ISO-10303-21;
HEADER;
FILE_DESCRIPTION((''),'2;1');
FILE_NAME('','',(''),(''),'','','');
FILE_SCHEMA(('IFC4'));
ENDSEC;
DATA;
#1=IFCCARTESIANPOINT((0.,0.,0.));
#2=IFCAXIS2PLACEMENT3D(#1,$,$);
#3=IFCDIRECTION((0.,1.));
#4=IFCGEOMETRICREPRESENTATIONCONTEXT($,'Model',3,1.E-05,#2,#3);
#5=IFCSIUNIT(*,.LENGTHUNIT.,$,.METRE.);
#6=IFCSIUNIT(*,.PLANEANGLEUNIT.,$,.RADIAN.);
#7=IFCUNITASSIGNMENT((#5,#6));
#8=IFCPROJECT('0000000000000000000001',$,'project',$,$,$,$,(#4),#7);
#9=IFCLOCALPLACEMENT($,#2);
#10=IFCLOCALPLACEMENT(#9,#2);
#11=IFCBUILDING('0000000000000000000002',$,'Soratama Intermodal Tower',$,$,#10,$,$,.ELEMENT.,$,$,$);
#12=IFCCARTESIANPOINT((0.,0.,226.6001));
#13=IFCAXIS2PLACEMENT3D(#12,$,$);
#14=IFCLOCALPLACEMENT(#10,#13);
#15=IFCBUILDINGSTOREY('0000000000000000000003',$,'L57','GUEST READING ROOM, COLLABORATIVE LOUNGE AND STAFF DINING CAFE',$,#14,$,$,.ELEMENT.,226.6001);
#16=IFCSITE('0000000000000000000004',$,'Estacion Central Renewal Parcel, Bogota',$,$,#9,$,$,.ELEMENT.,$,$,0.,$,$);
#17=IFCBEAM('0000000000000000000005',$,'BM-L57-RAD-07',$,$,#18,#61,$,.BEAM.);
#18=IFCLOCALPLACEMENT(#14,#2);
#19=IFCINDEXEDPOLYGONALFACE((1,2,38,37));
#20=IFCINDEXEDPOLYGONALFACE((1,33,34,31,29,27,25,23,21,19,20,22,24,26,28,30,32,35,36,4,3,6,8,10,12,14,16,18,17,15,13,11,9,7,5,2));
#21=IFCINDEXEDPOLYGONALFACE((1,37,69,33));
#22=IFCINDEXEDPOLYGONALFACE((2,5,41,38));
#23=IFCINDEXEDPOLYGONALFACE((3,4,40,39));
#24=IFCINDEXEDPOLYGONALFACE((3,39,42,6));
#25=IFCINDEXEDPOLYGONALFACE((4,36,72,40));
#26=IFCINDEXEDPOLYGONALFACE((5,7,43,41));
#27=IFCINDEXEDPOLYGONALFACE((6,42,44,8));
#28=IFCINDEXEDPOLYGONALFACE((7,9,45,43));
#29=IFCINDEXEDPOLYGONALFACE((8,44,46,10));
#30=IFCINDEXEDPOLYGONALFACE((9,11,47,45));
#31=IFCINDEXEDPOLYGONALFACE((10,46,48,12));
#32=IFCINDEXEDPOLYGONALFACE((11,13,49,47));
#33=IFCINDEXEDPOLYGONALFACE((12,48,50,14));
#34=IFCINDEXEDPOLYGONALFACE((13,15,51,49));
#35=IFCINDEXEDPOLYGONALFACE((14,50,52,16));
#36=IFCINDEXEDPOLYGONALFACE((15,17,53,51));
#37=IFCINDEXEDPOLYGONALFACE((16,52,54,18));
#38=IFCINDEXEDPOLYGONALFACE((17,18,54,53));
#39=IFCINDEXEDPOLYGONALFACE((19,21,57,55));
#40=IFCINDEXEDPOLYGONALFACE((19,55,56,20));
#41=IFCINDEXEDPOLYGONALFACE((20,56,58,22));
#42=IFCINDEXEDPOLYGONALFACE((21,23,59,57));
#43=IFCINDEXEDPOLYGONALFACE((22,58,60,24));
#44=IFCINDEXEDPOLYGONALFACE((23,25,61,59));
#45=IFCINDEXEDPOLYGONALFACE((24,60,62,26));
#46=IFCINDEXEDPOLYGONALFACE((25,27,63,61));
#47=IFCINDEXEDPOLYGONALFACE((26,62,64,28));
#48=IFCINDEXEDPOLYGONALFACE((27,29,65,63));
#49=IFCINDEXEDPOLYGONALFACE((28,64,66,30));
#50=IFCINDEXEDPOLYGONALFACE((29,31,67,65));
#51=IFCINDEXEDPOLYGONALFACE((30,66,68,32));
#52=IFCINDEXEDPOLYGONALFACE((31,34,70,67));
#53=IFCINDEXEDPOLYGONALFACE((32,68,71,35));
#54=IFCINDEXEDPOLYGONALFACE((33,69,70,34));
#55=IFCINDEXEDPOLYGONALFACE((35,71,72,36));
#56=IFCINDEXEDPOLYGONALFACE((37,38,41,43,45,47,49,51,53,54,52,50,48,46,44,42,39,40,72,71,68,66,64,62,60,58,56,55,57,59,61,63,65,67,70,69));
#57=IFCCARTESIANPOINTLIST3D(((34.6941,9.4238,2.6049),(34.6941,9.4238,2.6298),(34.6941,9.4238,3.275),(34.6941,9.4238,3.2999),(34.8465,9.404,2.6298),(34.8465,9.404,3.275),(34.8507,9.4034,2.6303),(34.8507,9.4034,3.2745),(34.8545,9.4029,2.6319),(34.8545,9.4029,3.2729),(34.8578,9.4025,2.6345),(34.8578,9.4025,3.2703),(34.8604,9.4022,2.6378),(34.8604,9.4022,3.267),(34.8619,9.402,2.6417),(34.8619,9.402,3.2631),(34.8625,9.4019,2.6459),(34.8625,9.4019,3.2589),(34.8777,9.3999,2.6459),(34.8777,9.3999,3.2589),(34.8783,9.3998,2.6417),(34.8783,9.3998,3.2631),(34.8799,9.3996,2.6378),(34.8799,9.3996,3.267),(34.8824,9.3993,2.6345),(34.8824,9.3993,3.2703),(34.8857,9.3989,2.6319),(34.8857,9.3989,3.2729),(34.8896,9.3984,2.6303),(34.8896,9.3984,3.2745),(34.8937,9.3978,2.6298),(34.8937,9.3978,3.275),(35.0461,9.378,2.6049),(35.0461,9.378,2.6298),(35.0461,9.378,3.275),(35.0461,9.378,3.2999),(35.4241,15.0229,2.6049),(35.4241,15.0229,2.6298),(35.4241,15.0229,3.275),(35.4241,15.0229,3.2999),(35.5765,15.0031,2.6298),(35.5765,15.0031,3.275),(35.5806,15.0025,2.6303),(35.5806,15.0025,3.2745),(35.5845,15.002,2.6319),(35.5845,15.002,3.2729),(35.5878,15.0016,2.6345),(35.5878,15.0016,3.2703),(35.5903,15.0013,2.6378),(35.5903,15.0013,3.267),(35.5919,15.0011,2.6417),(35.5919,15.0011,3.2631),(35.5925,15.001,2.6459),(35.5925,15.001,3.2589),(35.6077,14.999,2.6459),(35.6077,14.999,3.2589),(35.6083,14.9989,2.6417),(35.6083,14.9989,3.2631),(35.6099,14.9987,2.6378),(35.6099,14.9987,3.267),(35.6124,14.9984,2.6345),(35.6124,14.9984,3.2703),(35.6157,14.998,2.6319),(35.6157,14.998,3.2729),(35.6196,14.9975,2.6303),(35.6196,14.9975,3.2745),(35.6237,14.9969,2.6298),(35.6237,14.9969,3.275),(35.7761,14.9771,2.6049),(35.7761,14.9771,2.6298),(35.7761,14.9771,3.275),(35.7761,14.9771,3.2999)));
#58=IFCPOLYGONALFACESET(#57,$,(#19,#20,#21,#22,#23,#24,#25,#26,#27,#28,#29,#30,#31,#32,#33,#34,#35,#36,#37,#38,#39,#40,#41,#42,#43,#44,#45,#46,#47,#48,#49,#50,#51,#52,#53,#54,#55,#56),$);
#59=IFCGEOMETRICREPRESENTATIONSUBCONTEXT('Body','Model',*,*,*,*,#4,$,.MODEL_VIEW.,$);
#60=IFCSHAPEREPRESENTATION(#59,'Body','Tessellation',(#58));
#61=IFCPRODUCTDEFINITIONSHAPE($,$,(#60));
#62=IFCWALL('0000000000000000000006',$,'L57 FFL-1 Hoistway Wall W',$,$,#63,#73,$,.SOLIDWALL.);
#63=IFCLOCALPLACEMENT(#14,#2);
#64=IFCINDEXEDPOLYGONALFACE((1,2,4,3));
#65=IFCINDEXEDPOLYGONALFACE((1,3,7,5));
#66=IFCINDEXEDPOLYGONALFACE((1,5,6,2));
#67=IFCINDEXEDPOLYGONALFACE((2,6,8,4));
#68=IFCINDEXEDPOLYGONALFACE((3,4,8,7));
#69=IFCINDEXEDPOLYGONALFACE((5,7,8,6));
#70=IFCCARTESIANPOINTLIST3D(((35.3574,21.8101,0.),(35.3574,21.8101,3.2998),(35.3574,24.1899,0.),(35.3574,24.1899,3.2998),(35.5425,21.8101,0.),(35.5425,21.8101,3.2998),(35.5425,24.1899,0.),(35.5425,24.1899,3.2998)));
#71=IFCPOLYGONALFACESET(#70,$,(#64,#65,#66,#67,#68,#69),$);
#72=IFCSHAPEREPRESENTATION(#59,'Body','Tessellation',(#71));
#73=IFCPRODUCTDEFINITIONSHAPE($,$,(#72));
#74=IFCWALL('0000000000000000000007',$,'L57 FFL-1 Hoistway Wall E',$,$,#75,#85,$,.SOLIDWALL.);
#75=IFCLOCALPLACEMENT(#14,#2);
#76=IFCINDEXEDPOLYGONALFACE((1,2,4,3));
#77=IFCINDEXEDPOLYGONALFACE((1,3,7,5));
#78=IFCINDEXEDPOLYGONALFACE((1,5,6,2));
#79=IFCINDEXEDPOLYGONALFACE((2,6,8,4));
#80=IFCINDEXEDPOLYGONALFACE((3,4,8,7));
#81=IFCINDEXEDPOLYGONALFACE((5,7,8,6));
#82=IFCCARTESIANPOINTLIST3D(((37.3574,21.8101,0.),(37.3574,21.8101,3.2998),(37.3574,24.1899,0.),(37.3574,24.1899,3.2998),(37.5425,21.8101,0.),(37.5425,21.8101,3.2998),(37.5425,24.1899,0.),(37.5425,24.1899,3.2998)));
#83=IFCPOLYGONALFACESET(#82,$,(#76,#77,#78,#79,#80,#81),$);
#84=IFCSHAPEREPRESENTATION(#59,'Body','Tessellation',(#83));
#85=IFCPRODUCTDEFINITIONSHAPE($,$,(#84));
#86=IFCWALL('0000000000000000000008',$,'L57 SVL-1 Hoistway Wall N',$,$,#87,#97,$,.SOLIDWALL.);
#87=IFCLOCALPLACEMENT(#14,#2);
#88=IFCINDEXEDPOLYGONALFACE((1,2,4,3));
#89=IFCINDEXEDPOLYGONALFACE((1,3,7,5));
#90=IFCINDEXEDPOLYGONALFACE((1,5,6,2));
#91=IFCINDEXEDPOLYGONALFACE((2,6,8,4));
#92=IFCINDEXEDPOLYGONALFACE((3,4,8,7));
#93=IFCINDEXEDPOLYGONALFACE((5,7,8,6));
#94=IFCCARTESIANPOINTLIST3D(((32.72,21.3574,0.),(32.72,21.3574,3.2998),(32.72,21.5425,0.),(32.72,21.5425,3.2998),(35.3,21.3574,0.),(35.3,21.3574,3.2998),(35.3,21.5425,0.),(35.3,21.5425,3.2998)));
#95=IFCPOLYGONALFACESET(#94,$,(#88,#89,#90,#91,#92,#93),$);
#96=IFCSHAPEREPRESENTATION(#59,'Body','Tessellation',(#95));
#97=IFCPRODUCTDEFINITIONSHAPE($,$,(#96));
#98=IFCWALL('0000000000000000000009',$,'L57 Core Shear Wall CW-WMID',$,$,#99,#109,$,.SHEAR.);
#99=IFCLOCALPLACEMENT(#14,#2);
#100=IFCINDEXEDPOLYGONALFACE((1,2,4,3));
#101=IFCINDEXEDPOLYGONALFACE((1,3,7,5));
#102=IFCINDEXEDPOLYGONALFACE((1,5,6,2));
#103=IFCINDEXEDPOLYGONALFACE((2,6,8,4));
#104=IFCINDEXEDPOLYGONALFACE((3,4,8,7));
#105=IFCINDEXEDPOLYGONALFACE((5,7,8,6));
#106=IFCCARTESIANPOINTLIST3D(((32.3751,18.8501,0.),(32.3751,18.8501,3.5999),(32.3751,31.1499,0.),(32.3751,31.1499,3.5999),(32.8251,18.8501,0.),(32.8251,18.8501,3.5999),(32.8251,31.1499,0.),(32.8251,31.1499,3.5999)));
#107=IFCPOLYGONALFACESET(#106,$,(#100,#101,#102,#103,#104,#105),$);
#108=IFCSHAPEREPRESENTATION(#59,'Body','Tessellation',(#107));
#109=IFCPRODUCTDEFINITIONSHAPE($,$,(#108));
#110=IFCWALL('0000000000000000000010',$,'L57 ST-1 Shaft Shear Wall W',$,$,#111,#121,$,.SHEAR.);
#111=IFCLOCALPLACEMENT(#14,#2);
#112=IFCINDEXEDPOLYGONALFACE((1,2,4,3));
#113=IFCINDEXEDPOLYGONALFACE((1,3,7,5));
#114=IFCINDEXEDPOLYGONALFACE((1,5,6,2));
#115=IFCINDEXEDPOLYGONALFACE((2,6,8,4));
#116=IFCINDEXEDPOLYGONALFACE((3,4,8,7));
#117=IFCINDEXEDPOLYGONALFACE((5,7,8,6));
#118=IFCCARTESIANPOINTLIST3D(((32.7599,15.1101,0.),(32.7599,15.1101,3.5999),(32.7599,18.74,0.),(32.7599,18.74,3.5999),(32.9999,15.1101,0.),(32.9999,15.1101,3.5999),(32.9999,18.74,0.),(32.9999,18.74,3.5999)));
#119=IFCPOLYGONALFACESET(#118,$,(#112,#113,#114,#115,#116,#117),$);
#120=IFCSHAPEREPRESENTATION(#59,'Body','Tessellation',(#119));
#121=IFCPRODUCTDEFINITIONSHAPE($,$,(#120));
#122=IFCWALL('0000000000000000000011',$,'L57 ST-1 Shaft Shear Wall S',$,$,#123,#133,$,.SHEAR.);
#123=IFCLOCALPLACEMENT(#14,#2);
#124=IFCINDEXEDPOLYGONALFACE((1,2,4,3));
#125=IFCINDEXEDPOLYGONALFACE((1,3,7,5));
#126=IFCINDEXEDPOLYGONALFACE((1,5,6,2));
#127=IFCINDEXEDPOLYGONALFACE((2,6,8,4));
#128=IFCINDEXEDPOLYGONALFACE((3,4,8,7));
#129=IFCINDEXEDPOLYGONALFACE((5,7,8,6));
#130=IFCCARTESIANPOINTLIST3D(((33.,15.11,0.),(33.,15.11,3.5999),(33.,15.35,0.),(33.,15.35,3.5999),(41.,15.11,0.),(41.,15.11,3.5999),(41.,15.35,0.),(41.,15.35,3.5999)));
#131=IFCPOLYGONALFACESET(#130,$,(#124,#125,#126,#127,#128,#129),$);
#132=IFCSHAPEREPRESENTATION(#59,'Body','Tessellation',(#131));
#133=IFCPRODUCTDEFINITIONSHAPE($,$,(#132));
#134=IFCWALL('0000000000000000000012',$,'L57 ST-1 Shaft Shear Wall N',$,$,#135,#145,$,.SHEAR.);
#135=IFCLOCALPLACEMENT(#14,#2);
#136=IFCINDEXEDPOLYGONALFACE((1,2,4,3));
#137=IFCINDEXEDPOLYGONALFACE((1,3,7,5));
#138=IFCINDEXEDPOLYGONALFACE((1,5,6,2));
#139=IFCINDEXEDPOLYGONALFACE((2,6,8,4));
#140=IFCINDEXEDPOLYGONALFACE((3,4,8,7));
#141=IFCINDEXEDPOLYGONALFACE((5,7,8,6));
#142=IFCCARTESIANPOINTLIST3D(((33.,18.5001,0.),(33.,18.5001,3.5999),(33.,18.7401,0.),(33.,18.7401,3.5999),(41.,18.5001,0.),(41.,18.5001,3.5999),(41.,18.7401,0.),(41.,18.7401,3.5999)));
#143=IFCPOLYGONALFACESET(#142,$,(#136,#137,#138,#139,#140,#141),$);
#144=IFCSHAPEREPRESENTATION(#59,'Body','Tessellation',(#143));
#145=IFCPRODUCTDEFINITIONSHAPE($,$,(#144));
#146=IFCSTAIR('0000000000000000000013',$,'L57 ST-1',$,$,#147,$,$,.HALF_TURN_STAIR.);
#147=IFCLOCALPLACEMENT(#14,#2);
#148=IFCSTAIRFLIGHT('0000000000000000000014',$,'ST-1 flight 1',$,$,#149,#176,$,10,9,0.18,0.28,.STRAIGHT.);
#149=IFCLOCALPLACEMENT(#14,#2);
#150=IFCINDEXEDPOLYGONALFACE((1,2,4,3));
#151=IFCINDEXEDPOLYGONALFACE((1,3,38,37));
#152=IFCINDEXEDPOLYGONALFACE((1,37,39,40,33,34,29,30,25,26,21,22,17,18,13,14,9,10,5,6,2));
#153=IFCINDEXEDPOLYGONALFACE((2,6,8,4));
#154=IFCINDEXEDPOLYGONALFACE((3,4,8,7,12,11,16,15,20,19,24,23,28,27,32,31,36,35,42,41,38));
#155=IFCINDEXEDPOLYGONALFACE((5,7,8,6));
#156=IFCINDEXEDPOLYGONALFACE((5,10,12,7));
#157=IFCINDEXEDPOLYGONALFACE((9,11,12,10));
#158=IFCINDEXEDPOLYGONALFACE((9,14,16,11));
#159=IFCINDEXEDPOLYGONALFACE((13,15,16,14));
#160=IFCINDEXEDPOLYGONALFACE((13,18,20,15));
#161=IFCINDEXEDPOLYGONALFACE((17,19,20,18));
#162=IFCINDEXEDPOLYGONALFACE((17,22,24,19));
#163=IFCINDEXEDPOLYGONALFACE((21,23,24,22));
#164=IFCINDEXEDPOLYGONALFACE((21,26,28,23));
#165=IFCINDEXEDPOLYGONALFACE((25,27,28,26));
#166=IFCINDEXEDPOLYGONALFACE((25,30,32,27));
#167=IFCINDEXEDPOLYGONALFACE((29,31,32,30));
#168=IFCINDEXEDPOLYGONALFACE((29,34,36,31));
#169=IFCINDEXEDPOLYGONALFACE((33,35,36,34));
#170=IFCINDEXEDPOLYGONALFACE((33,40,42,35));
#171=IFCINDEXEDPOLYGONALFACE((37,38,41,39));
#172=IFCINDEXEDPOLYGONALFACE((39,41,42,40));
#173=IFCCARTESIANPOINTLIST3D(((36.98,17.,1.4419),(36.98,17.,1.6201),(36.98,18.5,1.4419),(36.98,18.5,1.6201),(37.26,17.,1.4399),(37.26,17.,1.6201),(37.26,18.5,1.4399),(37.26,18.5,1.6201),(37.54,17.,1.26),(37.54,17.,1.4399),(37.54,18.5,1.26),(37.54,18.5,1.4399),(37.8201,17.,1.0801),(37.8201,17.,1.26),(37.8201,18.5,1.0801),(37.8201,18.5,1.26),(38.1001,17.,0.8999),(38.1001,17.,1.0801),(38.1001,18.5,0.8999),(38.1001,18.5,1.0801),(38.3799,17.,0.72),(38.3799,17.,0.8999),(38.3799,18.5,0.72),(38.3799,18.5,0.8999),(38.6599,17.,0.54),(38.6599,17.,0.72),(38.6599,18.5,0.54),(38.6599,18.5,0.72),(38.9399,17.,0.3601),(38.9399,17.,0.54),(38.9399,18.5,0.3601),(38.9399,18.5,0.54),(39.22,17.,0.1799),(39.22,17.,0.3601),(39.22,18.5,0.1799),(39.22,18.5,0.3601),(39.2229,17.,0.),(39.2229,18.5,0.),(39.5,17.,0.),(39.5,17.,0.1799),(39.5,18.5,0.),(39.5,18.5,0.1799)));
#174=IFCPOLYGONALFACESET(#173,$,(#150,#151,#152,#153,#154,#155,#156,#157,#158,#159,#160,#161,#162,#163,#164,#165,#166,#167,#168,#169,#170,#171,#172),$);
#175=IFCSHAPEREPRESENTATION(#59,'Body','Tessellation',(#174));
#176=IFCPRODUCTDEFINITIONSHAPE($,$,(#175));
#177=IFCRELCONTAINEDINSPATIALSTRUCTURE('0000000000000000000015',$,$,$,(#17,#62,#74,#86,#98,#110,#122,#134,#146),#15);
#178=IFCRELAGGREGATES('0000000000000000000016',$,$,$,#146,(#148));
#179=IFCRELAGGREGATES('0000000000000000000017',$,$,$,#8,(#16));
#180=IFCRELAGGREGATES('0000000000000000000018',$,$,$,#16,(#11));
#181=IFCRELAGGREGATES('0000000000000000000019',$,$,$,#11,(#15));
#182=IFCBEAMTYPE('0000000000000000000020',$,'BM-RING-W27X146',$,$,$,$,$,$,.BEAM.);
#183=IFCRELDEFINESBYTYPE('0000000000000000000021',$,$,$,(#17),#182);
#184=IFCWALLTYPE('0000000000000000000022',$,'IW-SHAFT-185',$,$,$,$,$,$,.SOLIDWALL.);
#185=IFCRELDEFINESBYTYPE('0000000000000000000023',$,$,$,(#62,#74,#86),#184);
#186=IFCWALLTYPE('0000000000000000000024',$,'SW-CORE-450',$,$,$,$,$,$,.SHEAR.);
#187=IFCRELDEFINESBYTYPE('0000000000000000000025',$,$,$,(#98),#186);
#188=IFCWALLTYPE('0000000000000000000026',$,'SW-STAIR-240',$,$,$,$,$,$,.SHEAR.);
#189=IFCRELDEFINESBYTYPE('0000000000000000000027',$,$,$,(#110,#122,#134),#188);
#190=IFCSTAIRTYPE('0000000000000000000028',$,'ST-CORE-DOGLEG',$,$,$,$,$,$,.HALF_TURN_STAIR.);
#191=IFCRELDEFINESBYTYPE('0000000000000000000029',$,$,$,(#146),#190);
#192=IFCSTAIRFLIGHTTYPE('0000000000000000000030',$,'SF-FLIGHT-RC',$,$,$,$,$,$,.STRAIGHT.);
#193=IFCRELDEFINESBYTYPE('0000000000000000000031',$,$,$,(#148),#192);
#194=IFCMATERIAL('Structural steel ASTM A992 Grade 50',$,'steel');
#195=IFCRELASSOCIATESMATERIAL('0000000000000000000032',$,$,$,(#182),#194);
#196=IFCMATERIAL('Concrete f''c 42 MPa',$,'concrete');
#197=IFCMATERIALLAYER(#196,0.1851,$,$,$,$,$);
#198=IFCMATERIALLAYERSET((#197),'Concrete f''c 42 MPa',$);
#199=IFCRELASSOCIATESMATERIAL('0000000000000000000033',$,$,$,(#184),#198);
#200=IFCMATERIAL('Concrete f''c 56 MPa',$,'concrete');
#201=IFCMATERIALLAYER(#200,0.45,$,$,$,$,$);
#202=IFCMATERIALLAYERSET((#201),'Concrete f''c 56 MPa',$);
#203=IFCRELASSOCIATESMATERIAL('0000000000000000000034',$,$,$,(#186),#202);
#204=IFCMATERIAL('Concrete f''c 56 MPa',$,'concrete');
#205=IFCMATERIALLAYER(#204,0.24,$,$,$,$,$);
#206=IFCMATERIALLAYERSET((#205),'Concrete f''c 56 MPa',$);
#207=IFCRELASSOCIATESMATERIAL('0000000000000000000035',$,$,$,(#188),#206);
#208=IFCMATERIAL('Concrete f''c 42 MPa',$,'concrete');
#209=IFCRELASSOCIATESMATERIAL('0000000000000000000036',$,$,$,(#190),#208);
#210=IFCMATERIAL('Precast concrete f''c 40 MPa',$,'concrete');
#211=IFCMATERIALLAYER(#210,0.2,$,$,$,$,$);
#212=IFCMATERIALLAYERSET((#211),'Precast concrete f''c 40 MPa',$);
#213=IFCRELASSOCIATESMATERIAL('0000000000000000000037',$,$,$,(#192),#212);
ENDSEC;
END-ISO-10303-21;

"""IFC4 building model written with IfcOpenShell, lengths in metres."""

from ifc_helpers import new_model, si_unit, direction, frame, frame_2d, origin, origin_2d, place, context, subcontext, project, spatial, polyline, rectangle, i_section, outline, extrude, material, layer, layer_set, material_profile, profile_set, type_object, element, aggregate, save


model = new_model("IFC4")

# Units and contexts
model_context = context("Model", 3, precision=1e-05, world=origin(), true_north=direction((0.0, 1.0)))
body_context = subcontext(model_context, "Body", "Model", "MODEL_VIEW")
ifc_project = project(units=[si_unit("LENGTHUNIT", "METRE"), si_unit("PLANEANGLEUNIT", "RADIAN")], contexts=[model_context])

# Site, building, storey
site_placement = place(None, origin())
site = spatial("IfcSite", under=ifc_project, at=site_placement, Name="Estacion Central Renewal Parcel, Bogota", CompositionType="ELEMENT", RefElevation=0.0)
building_placement = place(site_placement, origin())
building = spatial("IfcBuilding", under=site, at=building_placement, Name="Soratama Intermodal Tower", CompositionType="ELEMENT")
storey_placement = place(building_placement, frame((0.0, 0.0, 226.6001)))
storey = spatial("IfcBuildingStorey", under=building, at=storey_placement, Name="L57", Description="GUEST READING ROOM, COLLABORATIVE LOUNGE AND STAFF DINING CAFE", CompositionType="ELEMENT", Elevation=226.6001)

# Beam
ifc_material_1 = material(Name="Structural steel ASTM A992 Grade 50", Category="steel")
ifc_material_profile_1 = material_profile(ifc_material_1, i_section(OverallWidth=0.355, OverallDepth=0.6951, WebThickness=0.0154, FlangeThickness=0.0249, FilletRadius=0.0161, at=origin_2d()), Name="W27X146")
ifc_profile_set_1 = profile_set([ifc_material_profile_1], Name="Structural steel ASTM A992 Grade 50")
beam_type_1 = type_object("IfcBeamType", Name="BM-RING-W27X146", PredefinedType="BEAM", material=ifc_profile_set_1)
beam_1_placement = place(storey_placement, frame((35.6001, 15.0, 2.9524), z_axis=(-0.12928, -0.991608, 0.0), x_axis=(0.991608, -0.12928, 0.0)))
element("IfcBeam", 1, at=beam_1_placement, inside=storey, type_object=beam_type_1, Name="BM-L57-RAD-07", PredefinedType="BEAM", context=body_context, shape_type="SweptSolid", body=[
    extrude(i_section(OverallWidth=0.355, OverallDepth=0.6951, WebThickness=0.0154, FlangeThickness=0.0249, FilletRadius=0.0161, at=origin_2d()), origin(), (0.0, 0.0, 1.0), 5.6465),
])

# Shared definitions
ifc_material_2 = material(Name="Concrete f'c 42 MPa", Category="concrete")
ifc_layer_1 = layer(ifc_material_2, 0.1851)
ifc_layer_set_1 = layer_set([ifc_layer_1], Name="Concrete f'c 42 MPa")
wall_type_1 = type_object("IfcWallType", Name="IW-SHAFT-185", PredefinedType="SOLIDWALL", material=ifc_layer_set_1)

# Walls
for number, where, z_axis, x_axis, name in (
    (2, (35.45, 21.8101, 0.0), (0.0, 0.0, 1.0), (0.0, 1.0, 0.0), "L57 FFL-1 Hoistway Wall W"),
    (3, (37.45, 21.8101, 0.0), (0.0, 0.0, 1.0), (0.0, 1.0, 0.0), "L57 FFL-1 Hoistway Wall E"),
):
    element("IfcWall", number, at=place(storey_placement, frame(where, z_axis=z_axis, x_axis=x_axis)), inside=storey, type_object=wall_type_1, Name=name, PredefinedType="SOLIDWALL", context=body_context, shape_type="SweptSolid", body=[
        extrude(rectangle(XDim=2.3799, YDim=0.1851, at=frame_2d((1.1899, 0.0))), origin(), (0.0, 0.0, 1.0), 3.2998),
    ])

# Wall
wall_1_placement = place(storey_placement, frame((32.72, 21.45, 0.0), z_axis=(0.0, 0.0, 1.0), x_axis=(1.0, 0.0, 0.0)))
element("IfcWall", 4, at=wall_1_placement, inside=storey, type_object=wall_type_1, Name="L57 SVL-1 Hoistway Wall N", PredefinedType="SOLIDWALL", context=body_context, shape_type="SweptSolid", body=[
    extrude(rectangle(XDim=2.5801, YDim=0.1851, at=frame_2d((1.29, 0.0))), origin(), (0.0, 0.0, 1.0), 3.2998),
])

# Walls
ifc_material_3 = material(Name="Concrete f'c 56 MPa", Category="concrete")
ifc_layer_2 = layer(ifc_material_3, 0.45)
ifc_layer_set_2 = layer_set([ifc_layer_2], Name="Concrete f'c 56 MPa")
wall_type_2 = type_object("IfcWallType", Name="SW-CORE-450", PredefinedType="SHEAR", material=ifc_layer_set_2)
wall_2_placement = place(storey_placement, frame((32.6001, 18.8501, 0.0), z_axis=(0.0, 0.0, 1.0), x_axis=(0.0, 1.0, 0.0)))
element("IfcWall", 5, at=wall_2_placement, inside=storey, type_object=wall_type_2, Name="L57 Core Shear Wall CW-WMID", PredefinedType="SHEAR", context=body_context, shape_type="SweptSolid", body=[
    extrude(rectangle(XDim=12.2998, YDim=0.45, at=frame_2d((6.1499, 0.0))), origin(), (0.0, 0.0, 1.0), 3.5999),
])
ifc_material_4 = material(Name="Concrete f'c 56 MPa", Category="concrete")
ifc_layer_3 = layer(ifc_material_4, 0.24)
ifc_layer_set_3 = layer_set([ifc_layer_3], Name="Concrete f'c 56 MPa")
wall_type_3 = type_object("IfcWallType", Name="SW-STAIR-240", PredefinedType="SHEAR", material=ifc_layer_set_3)
wall_3_placement = place(storey_placement, frame((32.8799, 15.1101, 0.0), z_axis=(0.0, 0.0, 1.0), x_axis=(0.0, 1.0, 0.0)))
element("IfcWall", 6, at=wall_3_placement, inside=storey, type_object=wall_type_3, Name="L57 ST-1 Shaft Shear Wall W", PredefinedType="SHEAR", context=body_context, shape_type="SweptSolid", body=[
    extrude(rectangle(XDim=3.6299, YDim=0.24, at=frame_2d((1.8149, 0.0))), origin(), (0.0, 0.0, 1.0), 3.5999),
])
for number, where, z_axis, x_axis, name in (
    (7, (33.0, 15.23, 0.0), (0.0, 0.0, 1.0), (1.0, 0.0, 0.0), "L57 ST-1 Shaft Shear Wall S"),
    (8, (33.0, 18.6201, 0.0), (0.0, 0.0, 1.0), (1.0, 0.0, 0.0), "L57 ST-1 Shaft Shear Wall N"),
):
    element("IfcWall", number, at=place(storey_placement, frame(where, z_axis=z_axis, x_axis=x_axis)), inside=storey, type_object=wall_type_3, Name=name, PredefinedType="SHEAR", context=body_context, shape_type="SweptSolid", body=[
        extrude(rectangle(XDim=8.0, YDim=0.24, at=frame_2d((4.0, 0.0))), origin(), (0.0, 0.0, 1.0), 3.5999),
    ])

# Stair, stair flight
ifc_material_5 = material(Name="Concrete f'c 42 MPa", Category="concrete")
stair_type = type_object("IfcStairType", Name="ST-CORE-DOGLEG", PredefinedType="HALF_TURN_STAIR", material=ifc_material_5)
stair_placement = place(storey_placement, origin())
stair = element("IfcStair", 9, at=stair_placement, inside=storey, type_object=stair_type, Name="L57 ST-1", PredefinedType="HALF_TURN_STAIR")
ifc_material_6 = material(Name="Precast concrete f'c 40 MPa", Category="concrete")
ifc_layer_4 = layer(ifc_material_6, 0.2)
ifc_layer_set_4 = layer_set([ifc_layer_4], Name="Precast concrete f'c 40 MPa")
stair_flight_type = type_object("IfcStairFlightType", Name="SF-FLIGHT-RC", PredefinedType="STRAIGHT", material=ifc_layer_set_4)
stair_flight_1_placement = place(storey_placement, frame((39.5, 17.75, 0.0), z_axis=(0.0, 0.0, 1.0), x_axis=(-1.0, 0.0, 0.0)))
stair_flight_1 = element("IfcStairFlight", 10, at=stair_flight_1_placement, type_object=stair_flight_type, Name="ST-1 flight 1", NumberOfRisers=10, NumberOfTreads=9, PredefinedType="STRAIGHT", RiserHeight=0.18, TreadLength=0.28, context=body_context, shape_type="SweptSolid", body=[
    extrude(outline(polyline([(0.0, 0.0), (0.0, 0.1799), (0.28, 0.1799), (0.28, 0.3601), (0.5601, 0.3601), (0.5601, 0.54), (0.8401, 0.54), (0.8401, 0.72), (1.1201, 0.72), (1.1201, 0.8999), (1.3999, 0.8999), (1.3999, 1.0801), (1.6799, 1.0801), (1.6799, 1.26), (1.96, 1.26), (1.96, 1.4399), (2.24, 1.4399), (2.24, 1.6201), (2.52, 1.6201), (2.52, 1.8), (2.52, 1.4419), (0.2771, 0.0), (0.0, 0.0)])), frame((0.0, 0.75, 0.0), z_axis=(0.0, -1.0, 0.0), x_axis=(1.0, 0.0, 0.0)), (0.0, 0.0, 1.0), 1.5),
])
aggregate(stair, [stair_flight_1])

save(model, "model.ifc")
